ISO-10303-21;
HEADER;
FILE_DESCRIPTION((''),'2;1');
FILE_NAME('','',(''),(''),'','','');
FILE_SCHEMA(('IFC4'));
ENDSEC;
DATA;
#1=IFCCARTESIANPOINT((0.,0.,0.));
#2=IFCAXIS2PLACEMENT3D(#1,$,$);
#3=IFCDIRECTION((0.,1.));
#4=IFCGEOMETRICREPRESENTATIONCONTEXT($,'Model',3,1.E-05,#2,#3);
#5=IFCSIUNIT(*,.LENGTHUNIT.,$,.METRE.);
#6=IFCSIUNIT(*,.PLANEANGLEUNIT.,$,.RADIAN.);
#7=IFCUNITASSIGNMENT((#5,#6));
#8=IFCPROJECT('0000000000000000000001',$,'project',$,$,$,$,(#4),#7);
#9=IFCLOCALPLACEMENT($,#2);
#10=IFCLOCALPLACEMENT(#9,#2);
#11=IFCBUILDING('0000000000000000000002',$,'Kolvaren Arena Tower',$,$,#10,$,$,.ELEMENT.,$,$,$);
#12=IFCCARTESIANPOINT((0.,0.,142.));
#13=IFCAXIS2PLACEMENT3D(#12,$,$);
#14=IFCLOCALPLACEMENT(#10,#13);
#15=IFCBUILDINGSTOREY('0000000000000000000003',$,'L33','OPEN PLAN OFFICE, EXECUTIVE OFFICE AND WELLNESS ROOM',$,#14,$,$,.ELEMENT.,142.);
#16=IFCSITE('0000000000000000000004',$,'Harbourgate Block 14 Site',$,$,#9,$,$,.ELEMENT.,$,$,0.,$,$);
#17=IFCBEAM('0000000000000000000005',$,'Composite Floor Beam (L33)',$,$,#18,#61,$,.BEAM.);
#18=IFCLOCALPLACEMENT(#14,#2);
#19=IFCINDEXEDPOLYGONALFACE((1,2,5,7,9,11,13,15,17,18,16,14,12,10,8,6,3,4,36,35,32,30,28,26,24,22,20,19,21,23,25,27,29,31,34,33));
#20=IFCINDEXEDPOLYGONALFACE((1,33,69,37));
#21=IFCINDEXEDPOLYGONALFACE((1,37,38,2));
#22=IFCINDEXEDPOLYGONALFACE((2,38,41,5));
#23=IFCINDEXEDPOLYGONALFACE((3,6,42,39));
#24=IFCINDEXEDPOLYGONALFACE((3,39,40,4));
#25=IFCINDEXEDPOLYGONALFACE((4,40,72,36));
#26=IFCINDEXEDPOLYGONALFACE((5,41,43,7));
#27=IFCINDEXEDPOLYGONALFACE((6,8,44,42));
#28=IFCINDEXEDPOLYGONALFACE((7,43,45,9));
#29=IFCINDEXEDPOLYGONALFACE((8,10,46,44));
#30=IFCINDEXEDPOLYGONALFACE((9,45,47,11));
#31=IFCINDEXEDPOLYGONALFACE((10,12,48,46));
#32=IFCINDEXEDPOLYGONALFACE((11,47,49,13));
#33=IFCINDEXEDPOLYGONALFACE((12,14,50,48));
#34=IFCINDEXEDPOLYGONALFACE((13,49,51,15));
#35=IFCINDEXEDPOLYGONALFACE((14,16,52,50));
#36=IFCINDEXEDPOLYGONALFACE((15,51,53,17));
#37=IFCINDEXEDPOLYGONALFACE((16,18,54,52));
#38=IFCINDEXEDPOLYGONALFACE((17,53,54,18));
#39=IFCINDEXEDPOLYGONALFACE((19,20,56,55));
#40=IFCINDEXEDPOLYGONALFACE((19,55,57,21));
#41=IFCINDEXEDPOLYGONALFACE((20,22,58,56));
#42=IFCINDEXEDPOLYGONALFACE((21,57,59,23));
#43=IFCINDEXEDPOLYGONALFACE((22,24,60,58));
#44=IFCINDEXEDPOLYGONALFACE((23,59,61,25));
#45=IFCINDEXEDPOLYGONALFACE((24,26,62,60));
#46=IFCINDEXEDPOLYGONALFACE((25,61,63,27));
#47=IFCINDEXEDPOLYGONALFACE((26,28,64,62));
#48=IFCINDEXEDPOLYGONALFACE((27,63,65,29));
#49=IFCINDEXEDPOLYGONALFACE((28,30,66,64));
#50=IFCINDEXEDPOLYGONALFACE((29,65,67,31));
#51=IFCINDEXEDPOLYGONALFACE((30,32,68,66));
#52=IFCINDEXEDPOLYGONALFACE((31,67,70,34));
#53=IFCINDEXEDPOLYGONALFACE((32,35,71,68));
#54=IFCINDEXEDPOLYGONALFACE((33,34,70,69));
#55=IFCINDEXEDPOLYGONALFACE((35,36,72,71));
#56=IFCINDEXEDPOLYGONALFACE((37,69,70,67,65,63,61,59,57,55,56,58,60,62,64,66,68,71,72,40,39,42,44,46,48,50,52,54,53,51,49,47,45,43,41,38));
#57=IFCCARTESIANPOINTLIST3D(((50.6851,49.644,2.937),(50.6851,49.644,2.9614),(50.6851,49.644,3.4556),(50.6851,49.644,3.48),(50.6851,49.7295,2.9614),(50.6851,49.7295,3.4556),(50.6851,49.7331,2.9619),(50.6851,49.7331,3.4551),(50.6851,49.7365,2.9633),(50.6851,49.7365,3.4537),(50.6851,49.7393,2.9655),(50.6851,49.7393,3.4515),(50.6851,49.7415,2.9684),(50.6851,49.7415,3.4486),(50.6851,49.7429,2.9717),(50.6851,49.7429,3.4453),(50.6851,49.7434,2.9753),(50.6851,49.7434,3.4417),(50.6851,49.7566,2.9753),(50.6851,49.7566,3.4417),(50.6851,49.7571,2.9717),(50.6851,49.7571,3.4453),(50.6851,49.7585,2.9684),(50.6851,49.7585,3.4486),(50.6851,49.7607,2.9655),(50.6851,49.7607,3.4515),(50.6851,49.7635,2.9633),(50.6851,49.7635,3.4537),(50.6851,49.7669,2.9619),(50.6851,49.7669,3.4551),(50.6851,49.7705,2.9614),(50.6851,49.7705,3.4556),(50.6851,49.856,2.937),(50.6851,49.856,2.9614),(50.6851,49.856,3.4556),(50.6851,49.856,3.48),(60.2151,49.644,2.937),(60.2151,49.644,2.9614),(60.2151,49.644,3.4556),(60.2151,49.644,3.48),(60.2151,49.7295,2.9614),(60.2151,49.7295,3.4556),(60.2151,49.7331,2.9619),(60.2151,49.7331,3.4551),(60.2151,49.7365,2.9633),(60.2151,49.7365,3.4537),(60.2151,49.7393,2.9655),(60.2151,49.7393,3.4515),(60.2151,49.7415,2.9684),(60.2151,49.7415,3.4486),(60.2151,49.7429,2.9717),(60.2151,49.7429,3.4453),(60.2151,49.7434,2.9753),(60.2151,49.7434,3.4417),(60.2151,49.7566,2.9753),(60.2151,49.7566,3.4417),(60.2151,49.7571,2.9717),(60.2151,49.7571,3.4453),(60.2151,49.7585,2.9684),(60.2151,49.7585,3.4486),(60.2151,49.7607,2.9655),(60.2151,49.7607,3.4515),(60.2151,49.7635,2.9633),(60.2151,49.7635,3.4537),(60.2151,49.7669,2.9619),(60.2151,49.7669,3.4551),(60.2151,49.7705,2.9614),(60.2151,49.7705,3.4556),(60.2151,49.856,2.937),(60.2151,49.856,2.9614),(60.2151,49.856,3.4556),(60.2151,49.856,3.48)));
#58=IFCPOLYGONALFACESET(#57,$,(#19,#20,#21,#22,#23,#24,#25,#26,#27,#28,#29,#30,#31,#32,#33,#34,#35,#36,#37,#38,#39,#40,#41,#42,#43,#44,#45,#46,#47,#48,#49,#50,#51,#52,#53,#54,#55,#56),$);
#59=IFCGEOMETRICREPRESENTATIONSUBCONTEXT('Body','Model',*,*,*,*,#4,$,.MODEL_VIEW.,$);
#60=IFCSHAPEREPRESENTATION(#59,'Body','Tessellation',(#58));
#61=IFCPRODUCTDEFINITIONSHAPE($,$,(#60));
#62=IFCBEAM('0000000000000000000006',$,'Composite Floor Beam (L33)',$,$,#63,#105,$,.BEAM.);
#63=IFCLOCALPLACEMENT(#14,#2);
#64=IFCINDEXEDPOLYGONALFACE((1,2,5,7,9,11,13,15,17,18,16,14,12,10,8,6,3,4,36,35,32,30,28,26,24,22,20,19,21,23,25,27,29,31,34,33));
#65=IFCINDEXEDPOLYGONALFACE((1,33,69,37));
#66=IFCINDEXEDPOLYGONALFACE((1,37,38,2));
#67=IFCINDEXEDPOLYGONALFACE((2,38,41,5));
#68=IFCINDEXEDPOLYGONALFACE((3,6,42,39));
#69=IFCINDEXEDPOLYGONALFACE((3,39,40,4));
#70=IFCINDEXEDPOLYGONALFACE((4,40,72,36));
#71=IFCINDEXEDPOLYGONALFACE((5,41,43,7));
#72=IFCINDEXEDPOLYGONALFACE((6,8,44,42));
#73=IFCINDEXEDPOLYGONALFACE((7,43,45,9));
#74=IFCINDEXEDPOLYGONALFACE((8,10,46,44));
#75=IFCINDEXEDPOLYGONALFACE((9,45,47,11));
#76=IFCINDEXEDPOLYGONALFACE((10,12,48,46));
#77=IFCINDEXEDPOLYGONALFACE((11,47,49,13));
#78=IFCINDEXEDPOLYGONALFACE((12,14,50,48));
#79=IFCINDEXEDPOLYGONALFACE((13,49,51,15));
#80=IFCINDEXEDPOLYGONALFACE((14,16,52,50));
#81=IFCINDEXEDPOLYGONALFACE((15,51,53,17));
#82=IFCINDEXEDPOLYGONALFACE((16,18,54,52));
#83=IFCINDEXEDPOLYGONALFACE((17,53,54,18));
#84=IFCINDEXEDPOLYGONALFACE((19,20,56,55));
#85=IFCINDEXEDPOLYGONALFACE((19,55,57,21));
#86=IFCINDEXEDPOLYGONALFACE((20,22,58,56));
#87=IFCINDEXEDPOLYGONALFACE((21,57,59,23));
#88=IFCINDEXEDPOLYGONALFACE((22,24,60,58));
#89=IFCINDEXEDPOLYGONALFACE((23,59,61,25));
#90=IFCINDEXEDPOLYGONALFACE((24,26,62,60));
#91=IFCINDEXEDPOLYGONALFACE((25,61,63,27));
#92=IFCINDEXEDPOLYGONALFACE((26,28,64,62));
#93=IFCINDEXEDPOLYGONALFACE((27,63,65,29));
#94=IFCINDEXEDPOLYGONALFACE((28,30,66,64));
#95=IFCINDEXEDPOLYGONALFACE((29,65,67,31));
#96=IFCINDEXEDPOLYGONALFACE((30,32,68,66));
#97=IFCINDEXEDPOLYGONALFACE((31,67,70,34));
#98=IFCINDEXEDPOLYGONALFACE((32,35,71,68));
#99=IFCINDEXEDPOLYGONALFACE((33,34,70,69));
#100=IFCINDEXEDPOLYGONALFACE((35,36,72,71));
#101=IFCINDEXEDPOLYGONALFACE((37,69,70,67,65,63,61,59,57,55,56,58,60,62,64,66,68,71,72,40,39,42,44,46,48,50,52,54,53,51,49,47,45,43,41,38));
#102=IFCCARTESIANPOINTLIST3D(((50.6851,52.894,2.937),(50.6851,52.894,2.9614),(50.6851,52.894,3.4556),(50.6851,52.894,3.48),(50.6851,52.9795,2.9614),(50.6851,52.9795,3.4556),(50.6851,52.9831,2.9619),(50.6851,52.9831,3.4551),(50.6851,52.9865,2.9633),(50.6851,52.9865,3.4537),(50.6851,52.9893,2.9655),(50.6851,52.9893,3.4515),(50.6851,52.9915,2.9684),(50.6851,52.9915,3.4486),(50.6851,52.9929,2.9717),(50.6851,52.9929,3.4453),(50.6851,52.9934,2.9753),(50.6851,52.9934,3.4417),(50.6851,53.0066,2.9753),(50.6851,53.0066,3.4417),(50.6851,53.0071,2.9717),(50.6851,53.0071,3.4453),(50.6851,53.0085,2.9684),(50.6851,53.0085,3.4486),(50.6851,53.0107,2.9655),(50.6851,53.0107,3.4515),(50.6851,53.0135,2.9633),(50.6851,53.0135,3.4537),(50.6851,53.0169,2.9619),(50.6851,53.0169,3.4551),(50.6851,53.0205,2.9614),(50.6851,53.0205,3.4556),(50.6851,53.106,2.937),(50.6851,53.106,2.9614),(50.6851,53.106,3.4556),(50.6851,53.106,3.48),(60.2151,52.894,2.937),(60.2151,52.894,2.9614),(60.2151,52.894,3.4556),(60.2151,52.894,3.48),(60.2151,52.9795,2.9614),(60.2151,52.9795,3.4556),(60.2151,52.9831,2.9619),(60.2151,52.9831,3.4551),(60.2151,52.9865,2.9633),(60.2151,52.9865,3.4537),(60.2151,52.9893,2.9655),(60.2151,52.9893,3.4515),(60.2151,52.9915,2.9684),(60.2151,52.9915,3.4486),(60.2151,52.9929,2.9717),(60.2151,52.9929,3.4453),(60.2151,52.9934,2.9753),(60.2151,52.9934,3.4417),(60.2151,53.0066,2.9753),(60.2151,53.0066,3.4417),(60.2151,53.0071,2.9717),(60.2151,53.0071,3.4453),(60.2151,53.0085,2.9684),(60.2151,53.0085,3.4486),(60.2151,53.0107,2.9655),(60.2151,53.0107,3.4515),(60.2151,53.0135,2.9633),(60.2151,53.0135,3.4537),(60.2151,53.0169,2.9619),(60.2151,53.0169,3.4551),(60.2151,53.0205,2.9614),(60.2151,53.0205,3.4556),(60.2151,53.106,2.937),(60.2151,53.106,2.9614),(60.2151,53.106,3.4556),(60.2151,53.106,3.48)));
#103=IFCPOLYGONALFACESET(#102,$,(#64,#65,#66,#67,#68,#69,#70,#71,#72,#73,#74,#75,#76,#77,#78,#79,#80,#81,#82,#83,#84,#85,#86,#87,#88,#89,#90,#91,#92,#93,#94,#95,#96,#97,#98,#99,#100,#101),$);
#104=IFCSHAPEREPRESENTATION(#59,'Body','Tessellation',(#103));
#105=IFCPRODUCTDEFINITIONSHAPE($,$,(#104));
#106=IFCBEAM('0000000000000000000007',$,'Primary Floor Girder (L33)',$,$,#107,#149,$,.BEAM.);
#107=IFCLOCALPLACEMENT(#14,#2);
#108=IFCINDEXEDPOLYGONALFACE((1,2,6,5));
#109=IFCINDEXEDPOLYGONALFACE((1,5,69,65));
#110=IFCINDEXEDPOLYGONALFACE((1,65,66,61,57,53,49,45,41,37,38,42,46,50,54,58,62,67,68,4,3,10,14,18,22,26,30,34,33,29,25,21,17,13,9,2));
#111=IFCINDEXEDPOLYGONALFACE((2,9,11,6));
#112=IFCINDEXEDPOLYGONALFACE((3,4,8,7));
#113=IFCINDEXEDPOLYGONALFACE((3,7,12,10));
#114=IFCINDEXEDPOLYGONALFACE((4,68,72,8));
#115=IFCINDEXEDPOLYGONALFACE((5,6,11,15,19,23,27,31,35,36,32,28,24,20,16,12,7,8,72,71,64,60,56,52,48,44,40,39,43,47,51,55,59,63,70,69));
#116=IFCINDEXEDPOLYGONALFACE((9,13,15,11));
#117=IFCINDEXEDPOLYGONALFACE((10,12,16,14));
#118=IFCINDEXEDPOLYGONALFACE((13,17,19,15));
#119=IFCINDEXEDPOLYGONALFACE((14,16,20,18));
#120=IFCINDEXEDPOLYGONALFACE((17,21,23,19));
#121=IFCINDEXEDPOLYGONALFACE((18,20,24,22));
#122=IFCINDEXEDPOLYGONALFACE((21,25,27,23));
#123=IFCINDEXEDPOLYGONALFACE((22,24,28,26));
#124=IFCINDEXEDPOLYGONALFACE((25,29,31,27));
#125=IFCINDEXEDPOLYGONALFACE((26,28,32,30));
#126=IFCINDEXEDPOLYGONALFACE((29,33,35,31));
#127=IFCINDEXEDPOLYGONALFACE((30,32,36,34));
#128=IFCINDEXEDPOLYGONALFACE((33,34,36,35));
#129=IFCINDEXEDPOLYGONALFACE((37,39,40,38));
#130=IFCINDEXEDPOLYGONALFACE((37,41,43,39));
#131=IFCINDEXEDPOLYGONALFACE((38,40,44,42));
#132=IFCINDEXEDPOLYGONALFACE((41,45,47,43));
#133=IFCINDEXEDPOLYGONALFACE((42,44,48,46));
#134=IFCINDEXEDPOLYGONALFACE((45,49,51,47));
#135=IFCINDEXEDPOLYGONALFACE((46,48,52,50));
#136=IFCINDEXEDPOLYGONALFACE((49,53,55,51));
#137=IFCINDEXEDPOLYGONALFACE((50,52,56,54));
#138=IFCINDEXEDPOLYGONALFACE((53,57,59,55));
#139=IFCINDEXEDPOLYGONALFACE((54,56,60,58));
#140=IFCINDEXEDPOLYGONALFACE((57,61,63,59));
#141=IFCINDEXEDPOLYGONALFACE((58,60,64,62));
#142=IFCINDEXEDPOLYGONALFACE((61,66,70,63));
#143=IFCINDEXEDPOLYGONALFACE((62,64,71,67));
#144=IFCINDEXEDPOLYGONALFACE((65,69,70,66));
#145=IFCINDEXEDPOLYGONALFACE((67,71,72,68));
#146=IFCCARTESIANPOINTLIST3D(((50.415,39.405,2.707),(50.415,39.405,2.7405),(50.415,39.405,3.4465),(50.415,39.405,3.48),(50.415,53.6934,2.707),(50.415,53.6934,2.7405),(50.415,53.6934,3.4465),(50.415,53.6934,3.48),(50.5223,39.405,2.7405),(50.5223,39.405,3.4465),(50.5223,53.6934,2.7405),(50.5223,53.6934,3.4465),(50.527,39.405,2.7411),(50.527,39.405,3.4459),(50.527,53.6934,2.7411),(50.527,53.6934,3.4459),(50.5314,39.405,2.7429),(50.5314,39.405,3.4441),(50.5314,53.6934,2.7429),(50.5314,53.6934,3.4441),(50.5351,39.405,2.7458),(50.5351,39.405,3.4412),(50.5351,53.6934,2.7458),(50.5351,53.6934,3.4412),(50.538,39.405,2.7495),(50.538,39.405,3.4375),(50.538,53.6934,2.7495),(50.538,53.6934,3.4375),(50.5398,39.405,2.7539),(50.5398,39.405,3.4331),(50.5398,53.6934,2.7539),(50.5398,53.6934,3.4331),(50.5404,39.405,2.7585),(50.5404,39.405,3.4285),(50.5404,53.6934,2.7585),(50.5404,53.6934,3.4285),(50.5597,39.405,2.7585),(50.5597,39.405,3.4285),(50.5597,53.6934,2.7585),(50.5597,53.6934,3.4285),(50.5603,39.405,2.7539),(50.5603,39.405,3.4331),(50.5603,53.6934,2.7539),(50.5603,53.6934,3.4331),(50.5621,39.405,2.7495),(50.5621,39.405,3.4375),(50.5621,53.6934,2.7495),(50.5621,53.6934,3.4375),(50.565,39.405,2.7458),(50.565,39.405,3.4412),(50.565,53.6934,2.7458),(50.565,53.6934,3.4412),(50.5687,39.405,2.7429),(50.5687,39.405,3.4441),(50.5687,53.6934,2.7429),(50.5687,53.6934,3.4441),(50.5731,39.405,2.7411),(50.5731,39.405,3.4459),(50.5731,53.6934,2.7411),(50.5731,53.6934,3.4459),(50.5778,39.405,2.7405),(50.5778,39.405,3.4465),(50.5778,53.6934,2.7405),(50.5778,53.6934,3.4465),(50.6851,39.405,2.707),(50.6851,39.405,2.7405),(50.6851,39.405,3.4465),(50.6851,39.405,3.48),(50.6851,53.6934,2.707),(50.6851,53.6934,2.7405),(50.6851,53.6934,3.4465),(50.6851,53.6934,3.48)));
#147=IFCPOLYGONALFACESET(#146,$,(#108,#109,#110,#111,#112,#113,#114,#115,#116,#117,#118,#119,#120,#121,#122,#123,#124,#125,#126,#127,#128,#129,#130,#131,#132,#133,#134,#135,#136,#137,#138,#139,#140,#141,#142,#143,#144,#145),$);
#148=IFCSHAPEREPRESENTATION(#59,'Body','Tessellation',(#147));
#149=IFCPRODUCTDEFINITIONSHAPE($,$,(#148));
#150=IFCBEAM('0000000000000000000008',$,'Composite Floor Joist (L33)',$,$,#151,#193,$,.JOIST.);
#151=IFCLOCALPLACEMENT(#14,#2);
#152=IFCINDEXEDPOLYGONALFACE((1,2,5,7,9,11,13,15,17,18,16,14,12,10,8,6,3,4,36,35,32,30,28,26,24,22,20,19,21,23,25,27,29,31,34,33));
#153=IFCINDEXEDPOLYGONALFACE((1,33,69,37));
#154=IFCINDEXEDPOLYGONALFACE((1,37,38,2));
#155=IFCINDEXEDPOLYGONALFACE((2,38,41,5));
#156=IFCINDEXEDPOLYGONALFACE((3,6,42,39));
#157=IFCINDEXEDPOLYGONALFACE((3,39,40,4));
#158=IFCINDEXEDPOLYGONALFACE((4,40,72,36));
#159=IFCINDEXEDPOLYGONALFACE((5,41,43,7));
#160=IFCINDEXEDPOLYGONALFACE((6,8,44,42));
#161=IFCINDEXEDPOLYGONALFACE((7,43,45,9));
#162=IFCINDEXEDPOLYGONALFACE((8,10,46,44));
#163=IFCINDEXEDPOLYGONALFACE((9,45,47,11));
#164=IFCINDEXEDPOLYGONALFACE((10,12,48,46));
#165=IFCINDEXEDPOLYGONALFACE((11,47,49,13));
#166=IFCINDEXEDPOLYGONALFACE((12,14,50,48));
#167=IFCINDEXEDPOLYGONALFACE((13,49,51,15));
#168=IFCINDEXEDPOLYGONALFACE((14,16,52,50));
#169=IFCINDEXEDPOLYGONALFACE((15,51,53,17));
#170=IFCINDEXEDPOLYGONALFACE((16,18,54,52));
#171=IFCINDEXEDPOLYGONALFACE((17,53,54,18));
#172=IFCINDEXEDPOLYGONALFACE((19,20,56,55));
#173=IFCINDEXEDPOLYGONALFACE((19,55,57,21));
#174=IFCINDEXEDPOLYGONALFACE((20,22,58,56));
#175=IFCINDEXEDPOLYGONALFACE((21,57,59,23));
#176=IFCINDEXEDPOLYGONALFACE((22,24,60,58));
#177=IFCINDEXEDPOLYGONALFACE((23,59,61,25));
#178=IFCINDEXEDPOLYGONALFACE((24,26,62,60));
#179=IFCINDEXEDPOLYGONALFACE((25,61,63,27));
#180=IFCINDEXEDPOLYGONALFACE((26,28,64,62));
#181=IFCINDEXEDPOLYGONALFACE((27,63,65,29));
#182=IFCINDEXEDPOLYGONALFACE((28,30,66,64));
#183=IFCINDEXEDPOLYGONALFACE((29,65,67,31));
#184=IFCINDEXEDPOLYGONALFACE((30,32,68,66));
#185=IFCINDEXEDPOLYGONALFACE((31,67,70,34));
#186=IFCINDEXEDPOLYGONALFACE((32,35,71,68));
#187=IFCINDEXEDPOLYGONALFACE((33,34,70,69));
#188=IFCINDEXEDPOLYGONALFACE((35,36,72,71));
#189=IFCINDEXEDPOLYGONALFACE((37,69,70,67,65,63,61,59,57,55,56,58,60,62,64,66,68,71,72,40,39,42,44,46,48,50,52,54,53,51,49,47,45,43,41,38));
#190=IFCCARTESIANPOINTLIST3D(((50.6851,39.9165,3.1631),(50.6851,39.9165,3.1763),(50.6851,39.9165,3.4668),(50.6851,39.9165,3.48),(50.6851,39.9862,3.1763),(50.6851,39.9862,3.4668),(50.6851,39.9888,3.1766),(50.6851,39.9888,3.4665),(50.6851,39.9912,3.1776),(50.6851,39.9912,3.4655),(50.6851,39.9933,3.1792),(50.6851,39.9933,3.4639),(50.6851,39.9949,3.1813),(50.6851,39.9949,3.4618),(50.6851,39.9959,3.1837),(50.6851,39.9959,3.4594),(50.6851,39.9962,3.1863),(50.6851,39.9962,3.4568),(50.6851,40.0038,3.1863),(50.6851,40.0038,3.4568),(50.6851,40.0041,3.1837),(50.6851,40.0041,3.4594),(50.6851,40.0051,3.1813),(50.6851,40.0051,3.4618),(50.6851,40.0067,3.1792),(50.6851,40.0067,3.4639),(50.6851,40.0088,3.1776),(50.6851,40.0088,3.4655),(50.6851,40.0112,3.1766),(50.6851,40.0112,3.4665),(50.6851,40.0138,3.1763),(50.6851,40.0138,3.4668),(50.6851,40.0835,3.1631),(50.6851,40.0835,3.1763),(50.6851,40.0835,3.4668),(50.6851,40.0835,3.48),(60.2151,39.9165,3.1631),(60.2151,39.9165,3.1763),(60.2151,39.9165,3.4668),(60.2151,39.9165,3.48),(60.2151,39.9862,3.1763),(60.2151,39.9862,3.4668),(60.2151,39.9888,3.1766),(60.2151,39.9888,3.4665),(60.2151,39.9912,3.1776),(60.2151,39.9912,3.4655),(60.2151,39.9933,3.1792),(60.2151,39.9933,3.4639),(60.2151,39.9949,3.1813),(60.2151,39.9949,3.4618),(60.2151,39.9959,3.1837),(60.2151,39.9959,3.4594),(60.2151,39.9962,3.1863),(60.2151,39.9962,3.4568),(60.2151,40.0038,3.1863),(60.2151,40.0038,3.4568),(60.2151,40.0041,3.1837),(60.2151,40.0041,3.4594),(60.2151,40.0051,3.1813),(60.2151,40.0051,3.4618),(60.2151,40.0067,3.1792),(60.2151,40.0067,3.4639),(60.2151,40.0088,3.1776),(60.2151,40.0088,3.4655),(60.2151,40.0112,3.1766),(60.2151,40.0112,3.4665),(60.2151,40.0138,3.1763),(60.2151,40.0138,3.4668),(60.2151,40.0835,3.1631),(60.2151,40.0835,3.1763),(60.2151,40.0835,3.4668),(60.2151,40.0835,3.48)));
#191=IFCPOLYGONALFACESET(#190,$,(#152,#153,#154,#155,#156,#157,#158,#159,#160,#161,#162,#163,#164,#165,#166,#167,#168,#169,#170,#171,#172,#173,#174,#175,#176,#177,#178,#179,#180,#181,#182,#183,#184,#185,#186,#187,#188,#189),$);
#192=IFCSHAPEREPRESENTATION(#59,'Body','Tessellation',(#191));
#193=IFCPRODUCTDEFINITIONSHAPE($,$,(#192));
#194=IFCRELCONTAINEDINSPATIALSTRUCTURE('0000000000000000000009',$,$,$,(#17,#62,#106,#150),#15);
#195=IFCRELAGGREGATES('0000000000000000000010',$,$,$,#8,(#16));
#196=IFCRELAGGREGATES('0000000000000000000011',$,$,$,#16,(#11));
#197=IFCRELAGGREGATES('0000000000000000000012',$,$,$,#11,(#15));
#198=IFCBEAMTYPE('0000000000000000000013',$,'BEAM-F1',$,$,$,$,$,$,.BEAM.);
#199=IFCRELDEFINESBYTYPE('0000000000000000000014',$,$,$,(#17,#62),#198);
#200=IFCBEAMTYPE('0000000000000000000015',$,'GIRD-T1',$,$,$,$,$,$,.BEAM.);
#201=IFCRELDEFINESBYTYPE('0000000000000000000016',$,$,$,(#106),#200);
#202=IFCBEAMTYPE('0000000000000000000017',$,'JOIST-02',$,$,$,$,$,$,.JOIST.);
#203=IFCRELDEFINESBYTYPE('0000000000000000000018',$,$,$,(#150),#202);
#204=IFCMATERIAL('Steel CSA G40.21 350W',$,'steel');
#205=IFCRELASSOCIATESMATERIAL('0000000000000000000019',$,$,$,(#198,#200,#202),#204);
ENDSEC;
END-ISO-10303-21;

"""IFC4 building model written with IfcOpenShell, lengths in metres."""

from ifc_helpers import new_model, si_unit, direction, frame, origin, origin_2d, place, context, subcontext, project, spatial, i_section, extrude, material, material_profile, profile_set, type_object, element, save


model = new_model("IFC4")

# Units and contexts
model_context = context("Model", 3, precision=1e-05, world=origin(), true_north=direction((0.0, 1.0)))
body_context = subcontext(model_context, "Body", "Model", "MODEL_VIEW")
ifc_project = project(units=[si_unit("LENGTHUNIT", "METRE"), si_unit("PLANEANGLEUNIT", "RADIAN")], contexts=[model_context])

# Site, building, storey
site_placement = place(None, origin())
site = spatial("IfcSite", under=ifc_project, at=site_placement, Name="Harbourgate Block 14 Site", CompositionType="ELEMENT", RefElevation=0.0)
building_placement = place(site_placement, origin())
building = spatial("IfcBuilding", under=site, at=building_placement, Name="Kolvaren Arena Tower", CompositionType="ELEMENT")
storey_placement = place(building_placement, frame((0.0, 0.0, 142.0)))
storey = spatial("IfcBuildingStorey", under=building, at=storey_placement, Name="L33", Description="OPEN PLAN OFFICE, EXECUTIVE OFFICE AND WELLNESS ROOM", CompositionType="ELEMENT", Elevation=142.0)

# Beams
ifc_material_1 = material(Name="Steel CSA G40.21 350W", Category="steel")
ifc_material_profile_1 = material_profile(ifc_material_1, i_section(OverallWidth=0.2119, OverallDepth=0.543, WebThickness=0.0132, FlangeThickness=0.0244, FilletRadius=0.0139, at=origin_2d()), Name="W530x150")
ifc_profile_set_1 = profile_set([ifc_material_profile_1], Name="Steel CSA G40.21 350W")
beam_type_1 = type_object("IfcBeamType", Name="BEAM-F1", PredefinedType="BEAM", material=ifc_profile_set_1)
for number, where, z_axis, x_axis, name in (
    (1, (50.6851, 49.75, 3.2085), (1.0, 0.0, 0.0), (0.0, 1.0, 0.0), "Composite Floor Beam (L33)"),
    (2, (50.6851, 53.0, 3.2085), (1.0, 0.0, 0.0), (0.0, 1.0, 0.0), "Composite Floor Beam (L33)"),
):
    element("IfcBeam", number, at=place(storey_placement, frame(where, z_axis=z_axis, x_axis=x_axis)), inside=storey, type_object=beam_type_1, Name=name, PredefinedType="BEAM", context=body_context, shape_type="SweptSolid", body=[
        extrude(i_section(OverallWidth=0.2119, OverallDepth=0.543, WebThickness=0.0132, FlangeThickness=0.0244, FilletRadius=0.0139, at=origin_2d()), origin(), (0.0, 0.0, 1.0), 9.53),
    ])
ifc_material_profile_2 = material_profile(ifc_material_1, i_section(OverallWidth=0.27, OverallDepth=0.7729, WebThickness=0.0193, FlangeThickness=0.0334, FilletRadius=0.0181, at=origin_2d()), Name="W760x257")
ifc_profile_set_2 = profile_set([ifc_material_profile_2], Name="Steel CSA G40.21 350W")
beam_type_2 = type_object("IfcBeamType", Name="GIRD-T1", PredefinedType="BEAM", material=ifc_profile_set_2)
beam_1_placement = place(storey_placement, frame((50.55, 39.405, 3.0935), z_axis=(0.0, 1.0, 0.0), x_axis=(-1.0, 0.0, 0.0)))
element("IfcBeam", 3, at=beam_1_placement, inside=storey, type_object=beam_type_2, Name="Primary Floor Girder (L33)", PredefinedType="BEAM", context=body_context, shape_type="SweptSolid", body=[
    extrude(i_section(OverallWidth=0.27, OverallDepth=0.7729, WebThickness=0.0193, FlangeThickness=0.0334, FilletRadius=0.0181, at=origin_2d()), origin(), (0.0, 0.0, 1.0), 14.2883),
])
ifc_material_profile_3 = material_profile(ifc_material_1, i_section(OverallWidth=0.167, OverallDepth=0.3169, WebThickness=0.0076, FlangeThickness=0.0132, FilletRadius=0.01, at=origin_2d()), Name="W310x52")
ifc_profile_set_3 = profile_set([ifc_material_profile_3], Name="Steel CSA G40.21 350W")
beam_type_3 = type_object("IfcBeamType", Name="JOIST-02", PredefinedType="JOIST", material=ifc_profile_set_3)
beam_2_placement = place(storey_placement, frame((50.6851, 40.0, 3.3215), z_axis=(1.0, 0.0, 0.0), x_axis=(0.0, 1.0, 0.0)))
element("IfcBeam", 4, at=beam_2_placement, inside=storey, type_object=beam_type_3, Name="Composite Floor Joist (L33)", PredefinedType="JOIST", context=body_context, shape_type="SweptSolid", body=[
    extrude(i_section(OverallWidth=0.167, OverallDepth=0.3169, WebThickness=0.0076, FlangeThickness=0.0132, FilletRadius=0.01, at=origin_2d()), origin(), (0.0, 0.0, 1.0), 9.53),
])

save(model, "model.ifc")
